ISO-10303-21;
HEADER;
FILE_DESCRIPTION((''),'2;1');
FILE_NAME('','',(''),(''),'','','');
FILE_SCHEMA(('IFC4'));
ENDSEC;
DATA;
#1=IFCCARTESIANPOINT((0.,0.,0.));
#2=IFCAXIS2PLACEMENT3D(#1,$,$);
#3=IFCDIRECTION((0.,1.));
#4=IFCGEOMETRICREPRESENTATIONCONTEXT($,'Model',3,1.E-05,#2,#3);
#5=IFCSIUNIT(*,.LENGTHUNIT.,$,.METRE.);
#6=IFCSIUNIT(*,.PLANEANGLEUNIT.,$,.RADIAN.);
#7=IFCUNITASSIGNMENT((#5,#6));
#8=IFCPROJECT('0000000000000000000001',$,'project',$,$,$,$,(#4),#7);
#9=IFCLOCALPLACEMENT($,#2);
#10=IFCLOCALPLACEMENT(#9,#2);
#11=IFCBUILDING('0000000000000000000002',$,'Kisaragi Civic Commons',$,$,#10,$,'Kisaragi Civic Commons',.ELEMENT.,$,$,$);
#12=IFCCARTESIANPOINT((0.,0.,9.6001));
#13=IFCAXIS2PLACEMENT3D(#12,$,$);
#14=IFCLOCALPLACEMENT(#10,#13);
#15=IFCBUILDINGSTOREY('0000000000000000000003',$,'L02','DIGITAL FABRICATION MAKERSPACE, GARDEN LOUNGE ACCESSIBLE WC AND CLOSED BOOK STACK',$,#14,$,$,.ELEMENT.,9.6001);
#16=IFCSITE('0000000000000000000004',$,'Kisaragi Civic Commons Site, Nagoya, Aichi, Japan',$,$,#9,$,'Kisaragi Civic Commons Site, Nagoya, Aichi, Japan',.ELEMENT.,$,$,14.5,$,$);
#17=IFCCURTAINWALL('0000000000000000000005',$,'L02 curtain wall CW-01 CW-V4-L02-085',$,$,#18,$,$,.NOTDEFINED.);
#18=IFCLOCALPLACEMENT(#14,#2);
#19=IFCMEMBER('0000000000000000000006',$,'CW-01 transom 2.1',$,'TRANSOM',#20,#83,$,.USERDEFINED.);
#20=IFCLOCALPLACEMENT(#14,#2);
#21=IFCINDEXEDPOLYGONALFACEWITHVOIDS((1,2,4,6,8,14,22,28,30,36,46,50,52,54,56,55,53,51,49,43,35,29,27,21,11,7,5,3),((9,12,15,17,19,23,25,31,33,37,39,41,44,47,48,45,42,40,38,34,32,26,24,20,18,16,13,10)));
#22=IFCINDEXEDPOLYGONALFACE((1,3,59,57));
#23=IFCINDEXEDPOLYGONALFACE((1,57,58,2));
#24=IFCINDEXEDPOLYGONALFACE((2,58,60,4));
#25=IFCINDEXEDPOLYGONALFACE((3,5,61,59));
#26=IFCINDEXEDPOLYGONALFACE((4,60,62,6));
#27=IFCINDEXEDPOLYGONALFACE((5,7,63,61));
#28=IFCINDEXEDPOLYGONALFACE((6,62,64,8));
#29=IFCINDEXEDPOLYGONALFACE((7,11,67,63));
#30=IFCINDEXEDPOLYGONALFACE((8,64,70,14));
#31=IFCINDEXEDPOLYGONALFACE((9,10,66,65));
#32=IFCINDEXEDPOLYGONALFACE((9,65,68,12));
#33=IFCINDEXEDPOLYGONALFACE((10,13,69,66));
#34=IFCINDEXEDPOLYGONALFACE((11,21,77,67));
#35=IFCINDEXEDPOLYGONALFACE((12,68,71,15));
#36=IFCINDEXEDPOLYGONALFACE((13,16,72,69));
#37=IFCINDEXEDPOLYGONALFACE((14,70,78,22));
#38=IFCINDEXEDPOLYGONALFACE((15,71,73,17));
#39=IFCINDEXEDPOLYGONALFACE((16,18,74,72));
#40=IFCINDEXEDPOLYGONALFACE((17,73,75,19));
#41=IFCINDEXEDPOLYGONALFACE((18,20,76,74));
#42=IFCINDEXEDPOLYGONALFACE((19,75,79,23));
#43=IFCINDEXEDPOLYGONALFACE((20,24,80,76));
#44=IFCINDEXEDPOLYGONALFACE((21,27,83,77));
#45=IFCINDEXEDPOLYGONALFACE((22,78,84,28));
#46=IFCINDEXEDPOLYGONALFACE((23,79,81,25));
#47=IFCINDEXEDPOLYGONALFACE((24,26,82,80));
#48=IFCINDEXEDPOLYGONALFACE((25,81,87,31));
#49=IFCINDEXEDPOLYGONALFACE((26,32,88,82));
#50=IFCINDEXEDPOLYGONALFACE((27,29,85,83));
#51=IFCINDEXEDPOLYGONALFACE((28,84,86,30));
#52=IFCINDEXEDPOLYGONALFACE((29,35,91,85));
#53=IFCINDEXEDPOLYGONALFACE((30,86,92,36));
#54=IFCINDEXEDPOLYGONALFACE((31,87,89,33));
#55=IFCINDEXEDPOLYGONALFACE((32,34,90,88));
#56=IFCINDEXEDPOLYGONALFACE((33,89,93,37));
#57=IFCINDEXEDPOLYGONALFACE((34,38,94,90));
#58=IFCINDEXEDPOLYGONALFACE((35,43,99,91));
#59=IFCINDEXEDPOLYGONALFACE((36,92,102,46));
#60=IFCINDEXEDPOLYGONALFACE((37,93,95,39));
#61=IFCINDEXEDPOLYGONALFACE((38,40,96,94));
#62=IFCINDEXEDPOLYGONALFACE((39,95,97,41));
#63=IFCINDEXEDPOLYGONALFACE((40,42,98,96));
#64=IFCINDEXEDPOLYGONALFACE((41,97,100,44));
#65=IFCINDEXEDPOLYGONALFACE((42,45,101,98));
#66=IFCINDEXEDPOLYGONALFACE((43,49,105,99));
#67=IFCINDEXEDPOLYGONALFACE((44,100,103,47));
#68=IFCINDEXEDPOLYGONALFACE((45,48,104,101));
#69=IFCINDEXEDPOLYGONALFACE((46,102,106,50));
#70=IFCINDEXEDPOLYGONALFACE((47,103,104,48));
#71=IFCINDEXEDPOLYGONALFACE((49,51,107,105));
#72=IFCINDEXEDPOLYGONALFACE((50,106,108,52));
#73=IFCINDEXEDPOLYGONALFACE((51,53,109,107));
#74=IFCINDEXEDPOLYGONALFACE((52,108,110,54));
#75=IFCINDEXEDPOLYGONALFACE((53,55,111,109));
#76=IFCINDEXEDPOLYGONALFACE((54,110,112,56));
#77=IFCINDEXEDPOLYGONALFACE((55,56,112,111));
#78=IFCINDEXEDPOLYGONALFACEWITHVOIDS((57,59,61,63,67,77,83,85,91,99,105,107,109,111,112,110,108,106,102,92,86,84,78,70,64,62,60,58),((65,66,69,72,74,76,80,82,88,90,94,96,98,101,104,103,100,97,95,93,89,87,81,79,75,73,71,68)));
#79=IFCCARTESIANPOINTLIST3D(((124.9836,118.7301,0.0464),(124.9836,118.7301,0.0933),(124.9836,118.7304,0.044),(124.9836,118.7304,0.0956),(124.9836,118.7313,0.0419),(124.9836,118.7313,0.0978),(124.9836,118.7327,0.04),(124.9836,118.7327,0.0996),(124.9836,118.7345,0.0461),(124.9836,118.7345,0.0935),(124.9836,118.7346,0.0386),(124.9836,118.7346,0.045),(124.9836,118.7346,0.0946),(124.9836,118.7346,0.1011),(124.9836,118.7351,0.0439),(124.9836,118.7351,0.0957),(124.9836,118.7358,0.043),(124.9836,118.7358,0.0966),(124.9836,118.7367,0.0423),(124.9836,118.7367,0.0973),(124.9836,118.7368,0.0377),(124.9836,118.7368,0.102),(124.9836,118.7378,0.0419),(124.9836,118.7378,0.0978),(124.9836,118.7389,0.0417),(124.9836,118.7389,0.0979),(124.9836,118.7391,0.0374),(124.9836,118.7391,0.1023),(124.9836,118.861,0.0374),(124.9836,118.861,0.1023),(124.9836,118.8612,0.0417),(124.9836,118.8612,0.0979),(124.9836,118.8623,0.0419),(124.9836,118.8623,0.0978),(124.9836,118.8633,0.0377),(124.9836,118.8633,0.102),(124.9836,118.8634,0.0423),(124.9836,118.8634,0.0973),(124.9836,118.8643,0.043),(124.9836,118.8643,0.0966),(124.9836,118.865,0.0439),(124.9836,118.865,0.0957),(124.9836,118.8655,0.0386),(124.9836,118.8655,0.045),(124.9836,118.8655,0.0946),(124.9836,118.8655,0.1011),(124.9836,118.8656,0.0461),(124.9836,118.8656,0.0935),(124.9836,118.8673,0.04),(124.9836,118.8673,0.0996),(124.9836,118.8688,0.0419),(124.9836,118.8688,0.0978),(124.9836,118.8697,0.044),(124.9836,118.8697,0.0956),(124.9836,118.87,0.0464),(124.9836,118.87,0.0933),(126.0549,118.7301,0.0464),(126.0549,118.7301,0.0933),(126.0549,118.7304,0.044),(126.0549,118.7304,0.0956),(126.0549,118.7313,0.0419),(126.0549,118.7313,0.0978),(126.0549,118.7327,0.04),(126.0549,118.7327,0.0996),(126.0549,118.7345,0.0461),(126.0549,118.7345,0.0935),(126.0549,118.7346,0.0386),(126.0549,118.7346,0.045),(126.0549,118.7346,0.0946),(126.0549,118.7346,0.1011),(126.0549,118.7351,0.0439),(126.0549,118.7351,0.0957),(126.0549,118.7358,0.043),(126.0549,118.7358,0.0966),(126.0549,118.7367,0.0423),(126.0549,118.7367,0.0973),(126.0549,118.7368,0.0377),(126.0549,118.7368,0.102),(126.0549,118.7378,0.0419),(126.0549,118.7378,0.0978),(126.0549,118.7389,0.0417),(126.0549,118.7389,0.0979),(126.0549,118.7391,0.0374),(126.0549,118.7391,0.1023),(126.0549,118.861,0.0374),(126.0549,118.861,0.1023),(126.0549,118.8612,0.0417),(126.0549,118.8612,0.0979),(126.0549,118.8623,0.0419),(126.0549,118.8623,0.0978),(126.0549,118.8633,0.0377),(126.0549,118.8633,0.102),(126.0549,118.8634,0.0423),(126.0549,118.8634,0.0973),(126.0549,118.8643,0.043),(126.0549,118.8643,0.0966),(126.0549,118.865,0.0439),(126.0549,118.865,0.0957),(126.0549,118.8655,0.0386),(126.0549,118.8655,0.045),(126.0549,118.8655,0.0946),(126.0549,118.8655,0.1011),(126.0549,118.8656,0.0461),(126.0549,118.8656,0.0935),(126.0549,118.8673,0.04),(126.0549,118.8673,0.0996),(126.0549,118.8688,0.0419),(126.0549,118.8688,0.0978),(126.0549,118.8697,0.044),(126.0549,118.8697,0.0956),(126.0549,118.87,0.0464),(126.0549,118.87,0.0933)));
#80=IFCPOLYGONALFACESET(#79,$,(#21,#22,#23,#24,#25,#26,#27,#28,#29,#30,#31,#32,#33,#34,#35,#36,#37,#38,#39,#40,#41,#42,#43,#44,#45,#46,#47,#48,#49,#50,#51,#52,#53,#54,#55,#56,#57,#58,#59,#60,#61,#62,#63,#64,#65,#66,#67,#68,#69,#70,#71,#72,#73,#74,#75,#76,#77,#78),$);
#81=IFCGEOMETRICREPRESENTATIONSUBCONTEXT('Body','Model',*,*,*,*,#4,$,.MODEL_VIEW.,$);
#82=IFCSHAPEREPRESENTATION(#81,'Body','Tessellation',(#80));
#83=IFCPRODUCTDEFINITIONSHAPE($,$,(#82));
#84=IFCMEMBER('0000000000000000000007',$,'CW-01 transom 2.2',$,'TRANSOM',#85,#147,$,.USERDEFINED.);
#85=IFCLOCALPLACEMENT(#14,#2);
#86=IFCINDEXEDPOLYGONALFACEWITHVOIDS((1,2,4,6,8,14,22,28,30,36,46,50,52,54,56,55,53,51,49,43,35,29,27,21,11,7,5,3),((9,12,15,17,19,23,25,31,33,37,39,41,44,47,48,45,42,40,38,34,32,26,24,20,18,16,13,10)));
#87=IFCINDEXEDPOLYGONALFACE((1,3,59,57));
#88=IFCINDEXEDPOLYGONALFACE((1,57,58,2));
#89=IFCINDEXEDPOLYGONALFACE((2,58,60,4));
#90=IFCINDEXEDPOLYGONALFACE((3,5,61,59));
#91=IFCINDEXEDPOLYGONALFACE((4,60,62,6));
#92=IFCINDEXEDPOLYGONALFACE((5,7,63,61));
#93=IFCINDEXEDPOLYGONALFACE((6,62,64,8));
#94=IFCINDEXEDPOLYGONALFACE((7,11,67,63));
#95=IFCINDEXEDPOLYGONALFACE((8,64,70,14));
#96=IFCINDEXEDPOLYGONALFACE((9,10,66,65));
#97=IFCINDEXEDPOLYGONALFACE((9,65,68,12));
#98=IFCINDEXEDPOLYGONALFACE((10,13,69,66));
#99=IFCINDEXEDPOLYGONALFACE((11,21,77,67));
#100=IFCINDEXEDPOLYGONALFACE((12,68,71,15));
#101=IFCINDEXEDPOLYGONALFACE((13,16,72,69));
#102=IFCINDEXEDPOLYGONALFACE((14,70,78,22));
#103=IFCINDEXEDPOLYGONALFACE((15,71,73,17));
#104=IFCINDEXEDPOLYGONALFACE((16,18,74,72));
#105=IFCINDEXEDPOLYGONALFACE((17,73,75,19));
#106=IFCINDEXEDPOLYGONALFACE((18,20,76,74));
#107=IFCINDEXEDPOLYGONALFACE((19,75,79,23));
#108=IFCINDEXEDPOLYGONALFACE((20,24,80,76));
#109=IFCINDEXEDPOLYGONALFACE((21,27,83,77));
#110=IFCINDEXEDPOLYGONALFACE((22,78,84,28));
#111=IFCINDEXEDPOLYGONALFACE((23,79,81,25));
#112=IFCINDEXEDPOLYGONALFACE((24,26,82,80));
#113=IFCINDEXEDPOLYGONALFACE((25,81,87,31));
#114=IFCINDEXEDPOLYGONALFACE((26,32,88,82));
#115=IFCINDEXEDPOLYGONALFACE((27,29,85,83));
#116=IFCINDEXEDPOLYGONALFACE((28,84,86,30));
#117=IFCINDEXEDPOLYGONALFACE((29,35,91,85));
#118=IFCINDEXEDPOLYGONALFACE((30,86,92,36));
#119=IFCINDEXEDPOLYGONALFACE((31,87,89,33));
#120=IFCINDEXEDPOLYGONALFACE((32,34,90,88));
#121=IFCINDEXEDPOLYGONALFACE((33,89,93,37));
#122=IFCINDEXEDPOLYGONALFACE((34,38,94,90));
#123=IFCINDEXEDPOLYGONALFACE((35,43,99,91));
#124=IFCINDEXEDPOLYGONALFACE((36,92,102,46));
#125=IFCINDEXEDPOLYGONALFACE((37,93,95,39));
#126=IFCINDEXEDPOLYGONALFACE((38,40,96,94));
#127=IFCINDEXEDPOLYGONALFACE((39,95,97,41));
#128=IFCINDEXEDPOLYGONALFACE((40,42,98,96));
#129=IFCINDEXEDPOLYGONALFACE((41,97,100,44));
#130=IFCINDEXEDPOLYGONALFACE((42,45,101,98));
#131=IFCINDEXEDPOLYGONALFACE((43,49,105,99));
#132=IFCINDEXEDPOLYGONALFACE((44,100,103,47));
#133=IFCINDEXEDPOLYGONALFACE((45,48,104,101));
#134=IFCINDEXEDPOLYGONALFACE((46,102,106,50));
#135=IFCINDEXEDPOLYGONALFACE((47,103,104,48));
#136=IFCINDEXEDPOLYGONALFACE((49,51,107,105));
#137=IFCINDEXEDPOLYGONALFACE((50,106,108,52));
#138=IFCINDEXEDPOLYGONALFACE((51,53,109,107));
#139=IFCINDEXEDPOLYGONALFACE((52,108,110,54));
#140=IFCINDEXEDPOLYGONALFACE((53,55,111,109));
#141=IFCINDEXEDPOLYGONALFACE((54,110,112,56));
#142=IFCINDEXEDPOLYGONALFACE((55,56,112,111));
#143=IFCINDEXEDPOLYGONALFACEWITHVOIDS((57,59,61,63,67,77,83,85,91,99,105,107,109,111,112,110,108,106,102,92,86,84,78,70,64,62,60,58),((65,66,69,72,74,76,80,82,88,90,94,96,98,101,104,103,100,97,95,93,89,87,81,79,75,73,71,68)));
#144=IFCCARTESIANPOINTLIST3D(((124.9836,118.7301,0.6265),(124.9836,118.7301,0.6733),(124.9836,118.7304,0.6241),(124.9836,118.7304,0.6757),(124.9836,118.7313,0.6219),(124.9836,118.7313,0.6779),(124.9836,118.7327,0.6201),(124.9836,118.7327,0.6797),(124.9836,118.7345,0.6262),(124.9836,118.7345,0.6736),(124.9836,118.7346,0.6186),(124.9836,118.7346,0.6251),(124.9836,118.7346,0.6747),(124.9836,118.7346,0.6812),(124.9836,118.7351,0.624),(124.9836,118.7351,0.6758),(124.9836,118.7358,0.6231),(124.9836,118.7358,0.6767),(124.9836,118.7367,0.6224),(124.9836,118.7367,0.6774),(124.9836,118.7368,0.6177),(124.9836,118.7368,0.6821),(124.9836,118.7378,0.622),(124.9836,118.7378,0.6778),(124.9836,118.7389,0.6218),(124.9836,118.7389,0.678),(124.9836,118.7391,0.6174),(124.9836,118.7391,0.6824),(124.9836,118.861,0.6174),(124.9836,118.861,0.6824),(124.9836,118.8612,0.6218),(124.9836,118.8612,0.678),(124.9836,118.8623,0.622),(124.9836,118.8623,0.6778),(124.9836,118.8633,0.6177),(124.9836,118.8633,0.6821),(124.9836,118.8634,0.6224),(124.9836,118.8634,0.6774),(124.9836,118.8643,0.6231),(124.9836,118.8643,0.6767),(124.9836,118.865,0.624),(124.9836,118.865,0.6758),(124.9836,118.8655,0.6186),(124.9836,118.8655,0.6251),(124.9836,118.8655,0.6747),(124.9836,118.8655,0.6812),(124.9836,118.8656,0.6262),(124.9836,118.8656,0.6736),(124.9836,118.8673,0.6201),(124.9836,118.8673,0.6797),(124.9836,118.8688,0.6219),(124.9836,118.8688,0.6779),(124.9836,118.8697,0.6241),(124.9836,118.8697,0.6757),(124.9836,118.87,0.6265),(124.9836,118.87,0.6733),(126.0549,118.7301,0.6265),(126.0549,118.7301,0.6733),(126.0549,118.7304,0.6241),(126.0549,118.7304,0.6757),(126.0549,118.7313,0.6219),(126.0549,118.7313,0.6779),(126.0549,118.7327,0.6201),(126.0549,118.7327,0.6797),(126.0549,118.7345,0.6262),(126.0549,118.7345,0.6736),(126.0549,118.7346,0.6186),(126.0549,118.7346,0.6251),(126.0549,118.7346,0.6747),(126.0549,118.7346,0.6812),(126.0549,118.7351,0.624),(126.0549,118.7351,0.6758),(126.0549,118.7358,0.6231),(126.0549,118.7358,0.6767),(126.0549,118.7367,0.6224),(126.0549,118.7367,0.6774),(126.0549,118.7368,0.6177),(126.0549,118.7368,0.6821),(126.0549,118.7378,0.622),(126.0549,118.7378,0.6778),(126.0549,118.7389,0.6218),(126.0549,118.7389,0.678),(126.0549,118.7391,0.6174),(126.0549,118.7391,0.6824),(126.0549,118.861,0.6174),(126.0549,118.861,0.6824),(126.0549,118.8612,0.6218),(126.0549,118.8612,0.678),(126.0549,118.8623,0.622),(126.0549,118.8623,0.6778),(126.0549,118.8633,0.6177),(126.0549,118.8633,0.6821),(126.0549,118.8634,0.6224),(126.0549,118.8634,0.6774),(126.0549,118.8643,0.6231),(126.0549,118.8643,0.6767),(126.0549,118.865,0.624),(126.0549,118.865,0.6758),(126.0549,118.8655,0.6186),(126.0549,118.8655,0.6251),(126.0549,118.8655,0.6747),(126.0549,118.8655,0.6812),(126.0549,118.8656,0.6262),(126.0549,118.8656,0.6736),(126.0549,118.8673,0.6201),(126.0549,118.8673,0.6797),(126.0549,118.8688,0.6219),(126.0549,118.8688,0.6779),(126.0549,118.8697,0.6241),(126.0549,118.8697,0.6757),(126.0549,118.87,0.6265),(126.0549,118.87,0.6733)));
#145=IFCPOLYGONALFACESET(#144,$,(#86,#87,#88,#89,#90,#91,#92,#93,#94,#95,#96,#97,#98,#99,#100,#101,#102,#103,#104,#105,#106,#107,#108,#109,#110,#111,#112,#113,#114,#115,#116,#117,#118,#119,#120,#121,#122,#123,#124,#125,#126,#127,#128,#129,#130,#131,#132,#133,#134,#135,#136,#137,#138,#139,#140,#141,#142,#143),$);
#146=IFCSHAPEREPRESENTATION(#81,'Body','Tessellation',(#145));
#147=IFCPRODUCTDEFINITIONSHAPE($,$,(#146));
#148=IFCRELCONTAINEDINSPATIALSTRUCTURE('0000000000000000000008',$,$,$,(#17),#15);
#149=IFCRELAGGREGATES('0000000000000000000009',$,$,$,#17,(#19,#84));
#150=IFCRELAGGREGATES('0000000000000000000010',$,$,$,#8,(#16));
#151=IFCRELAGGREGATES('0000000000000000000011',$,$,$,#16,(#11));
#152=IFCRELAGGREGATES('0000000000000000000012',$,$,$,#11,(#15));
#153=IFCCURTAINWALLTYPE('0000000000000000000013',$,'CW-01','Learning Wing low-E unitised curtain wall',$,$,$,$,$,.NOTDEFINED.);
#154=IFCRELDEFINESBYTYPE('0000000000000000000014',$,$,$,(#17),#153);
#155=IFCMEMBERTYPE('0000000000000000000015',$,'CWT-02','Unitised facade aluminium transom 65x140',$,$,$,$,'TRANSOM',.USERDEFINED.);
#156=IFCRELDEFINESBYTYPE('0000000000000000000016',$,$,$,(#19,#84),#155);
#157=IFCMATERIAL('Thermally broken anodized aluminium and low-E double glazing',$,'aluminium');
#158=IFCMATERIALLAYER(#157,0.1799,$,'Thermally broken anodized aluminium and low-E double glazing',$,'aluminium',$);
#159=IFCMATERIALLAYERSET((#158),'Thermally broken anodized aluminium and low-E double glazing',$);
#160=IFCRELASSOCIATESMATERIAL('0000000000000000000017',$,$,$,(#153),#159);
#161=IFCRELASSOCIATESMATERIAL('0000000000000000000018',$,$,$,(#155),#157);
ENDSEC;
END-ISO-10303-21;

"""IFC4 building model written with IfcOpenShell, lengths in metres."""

from ifc_helpers import new_model, si_unit, direction, frame, origin, origin_2d, place, context, subcontext, project, spatial, hollow_rectangle, extrude, material, layer, layer_set, material_profile, profile_set, type_object, element, aggregate, save


model = new_model("IFC4")

# Units and contexts
model_context = context("Model", 3, precision=1e-05, world=origin(), true_north=direction((0.0, 1.0)))
body_context = subcontext(model_context, "Body", "Model", "MODEL_VIEW")
ifc_project = project(units=[si_unit("LENGTHUNIT", "METRE"), si_unit("PLANEANGLEUNIT", "RADIAN")], contexts=[model_context])

# Site, building, storey
site_placement = place(None, origin())
site = spatial("IfcSite", under=ifc_project, at=site_placement, Name="Kisaragi Civic Commons Site, Nagoya, Aichi, Japan", LongName="Kisaragi Civic Commons Site, Nagoya, Aichi, Japan", CompositionType="ELEMENT", RefElevation=14.5)
building_placement = place(site_placement, origin())
building = spatial("IfcBuilding", under=site, at=building_placement, Name="Kisaragi Civic Commons", LongName="Kisaragi Civic Commons", CompositionType="ELEMENT")
storey_placement = place(building_placement, frame((0.0, 0.0, 9.6001)))
storey = spatial("IfcBuildingStorey", under=building, at=storey_placement, Name="L02", Description="DIGITAL FABRICATION MAKERSPACE, GARDEN LOUNGE ACCESSIBLE WC AND CLOSED BOOK STACK", CompositionType="ELEMENT", Elevation=9.6001)

# Curtain wall, members
ifc_material_1 = material(Name="Thermally broken anodized aluminium and low-E double glazing", Category="aluminium")
ifc_layer_1 = layer(ifc_material_1, 0.1799, Name="Thermally broken anodized aluminium and low-E double glazing", Category="aluminium")
ifc_layer_set_1 = layer_set([ifc_layer_1], Name="Thermally broken anodized aluminium and low-E double glazing")
curtain_wall_type = type_object("IfcCurtainWallType", Name="CW-01", Description="Learning Wing low-E unitised curtain wall", PredefinedType="NOTDEFINED", material=ifc_layer_set_1)
curtain_wall_placement = place(storey_placement, origin())
curtain_wall = element("IfcCurtainWall", 1, at=curtain_wall_placement, inside=storey, type_object=curtain_wall_type, Name="L02 curtain wall CW-01 CW-V4-L02-085", PredefinedType="NOTDEFINED")
ifc_material_profile_1 = material_profile(ifc_material_1, hollow_rectangle(XDim=0.1399, YDim=0.0649, WallThickness=0.0044, InnerFilletRadius=0.0044, OuterFilletRadius=0.009, at=origin_2d()), Name="CWT-65x140x4.5", Category="aluminium")
ifc_profile_set_1 = profile_set([ifc_material_profile_1], Name="Thermally broken anodized aluminium and low-E double glazing")
member_type_1 = type_object("IfcMemberType", Name="CWT-02", Description="Unitised facade aluminium transom 65x140", ElementType="TRANSOM", PredefinedType="USERDEFINED", material=ifc_profile_set_1)
member_1_placement = place(storey_placement, frame((124.9836, 118.8, 0.0698), z_axis=(1.0, 0.0, 0.0), x_axis=(0.0, 1.0, 0.0)))
member_1 = element("IfcMember", 2, at=member_1_placement, type_object=member_type_1, Name="CW-01 transom 2.1", ObjectType="TRANSOM", PredefinedType="USERDEFINED", context=body_context, shape_type="SweptSolid", body=[
    extrude(hollow_rectangle(XDim=0.1399, YDim=0.0649, WallThickness=0.0044, InnerFilletRadius=0.0044, OuterFilletRadius=0.009, at=origin_2d()), origin(), (0.0, 0.0, 1.0), 1.0713),
])
member_2_placement = place(storey_placement, frame((124.9836, 118.8, 0.6499), z_axis=(1.0, 0.0, 0.0), x_axis=(0.0, 1.0, 0.0)))
member_2 = element("IfcMember", 3, at=member_2_placement, type_object=member_type_1, Name="CW-01 transom 2.2", ObjectType="TRANSOM", PredefinedType="USERDEFINED", context=body_context, shape_type="SweptSolid", body=[
    extrude(hollow_rectangle(XDim=0.1399, YDim=0.0649, WallThickness=0.0044, InnerFilletRadius=0.0044, OuterFilletRadius=0.009, at=origin_2d()), origin(), (0.0, 0.0, 1.0), 1.0713),
])

aggregate(curtain_wall, [member_1, member_2])

save(model, "model.ifc")
